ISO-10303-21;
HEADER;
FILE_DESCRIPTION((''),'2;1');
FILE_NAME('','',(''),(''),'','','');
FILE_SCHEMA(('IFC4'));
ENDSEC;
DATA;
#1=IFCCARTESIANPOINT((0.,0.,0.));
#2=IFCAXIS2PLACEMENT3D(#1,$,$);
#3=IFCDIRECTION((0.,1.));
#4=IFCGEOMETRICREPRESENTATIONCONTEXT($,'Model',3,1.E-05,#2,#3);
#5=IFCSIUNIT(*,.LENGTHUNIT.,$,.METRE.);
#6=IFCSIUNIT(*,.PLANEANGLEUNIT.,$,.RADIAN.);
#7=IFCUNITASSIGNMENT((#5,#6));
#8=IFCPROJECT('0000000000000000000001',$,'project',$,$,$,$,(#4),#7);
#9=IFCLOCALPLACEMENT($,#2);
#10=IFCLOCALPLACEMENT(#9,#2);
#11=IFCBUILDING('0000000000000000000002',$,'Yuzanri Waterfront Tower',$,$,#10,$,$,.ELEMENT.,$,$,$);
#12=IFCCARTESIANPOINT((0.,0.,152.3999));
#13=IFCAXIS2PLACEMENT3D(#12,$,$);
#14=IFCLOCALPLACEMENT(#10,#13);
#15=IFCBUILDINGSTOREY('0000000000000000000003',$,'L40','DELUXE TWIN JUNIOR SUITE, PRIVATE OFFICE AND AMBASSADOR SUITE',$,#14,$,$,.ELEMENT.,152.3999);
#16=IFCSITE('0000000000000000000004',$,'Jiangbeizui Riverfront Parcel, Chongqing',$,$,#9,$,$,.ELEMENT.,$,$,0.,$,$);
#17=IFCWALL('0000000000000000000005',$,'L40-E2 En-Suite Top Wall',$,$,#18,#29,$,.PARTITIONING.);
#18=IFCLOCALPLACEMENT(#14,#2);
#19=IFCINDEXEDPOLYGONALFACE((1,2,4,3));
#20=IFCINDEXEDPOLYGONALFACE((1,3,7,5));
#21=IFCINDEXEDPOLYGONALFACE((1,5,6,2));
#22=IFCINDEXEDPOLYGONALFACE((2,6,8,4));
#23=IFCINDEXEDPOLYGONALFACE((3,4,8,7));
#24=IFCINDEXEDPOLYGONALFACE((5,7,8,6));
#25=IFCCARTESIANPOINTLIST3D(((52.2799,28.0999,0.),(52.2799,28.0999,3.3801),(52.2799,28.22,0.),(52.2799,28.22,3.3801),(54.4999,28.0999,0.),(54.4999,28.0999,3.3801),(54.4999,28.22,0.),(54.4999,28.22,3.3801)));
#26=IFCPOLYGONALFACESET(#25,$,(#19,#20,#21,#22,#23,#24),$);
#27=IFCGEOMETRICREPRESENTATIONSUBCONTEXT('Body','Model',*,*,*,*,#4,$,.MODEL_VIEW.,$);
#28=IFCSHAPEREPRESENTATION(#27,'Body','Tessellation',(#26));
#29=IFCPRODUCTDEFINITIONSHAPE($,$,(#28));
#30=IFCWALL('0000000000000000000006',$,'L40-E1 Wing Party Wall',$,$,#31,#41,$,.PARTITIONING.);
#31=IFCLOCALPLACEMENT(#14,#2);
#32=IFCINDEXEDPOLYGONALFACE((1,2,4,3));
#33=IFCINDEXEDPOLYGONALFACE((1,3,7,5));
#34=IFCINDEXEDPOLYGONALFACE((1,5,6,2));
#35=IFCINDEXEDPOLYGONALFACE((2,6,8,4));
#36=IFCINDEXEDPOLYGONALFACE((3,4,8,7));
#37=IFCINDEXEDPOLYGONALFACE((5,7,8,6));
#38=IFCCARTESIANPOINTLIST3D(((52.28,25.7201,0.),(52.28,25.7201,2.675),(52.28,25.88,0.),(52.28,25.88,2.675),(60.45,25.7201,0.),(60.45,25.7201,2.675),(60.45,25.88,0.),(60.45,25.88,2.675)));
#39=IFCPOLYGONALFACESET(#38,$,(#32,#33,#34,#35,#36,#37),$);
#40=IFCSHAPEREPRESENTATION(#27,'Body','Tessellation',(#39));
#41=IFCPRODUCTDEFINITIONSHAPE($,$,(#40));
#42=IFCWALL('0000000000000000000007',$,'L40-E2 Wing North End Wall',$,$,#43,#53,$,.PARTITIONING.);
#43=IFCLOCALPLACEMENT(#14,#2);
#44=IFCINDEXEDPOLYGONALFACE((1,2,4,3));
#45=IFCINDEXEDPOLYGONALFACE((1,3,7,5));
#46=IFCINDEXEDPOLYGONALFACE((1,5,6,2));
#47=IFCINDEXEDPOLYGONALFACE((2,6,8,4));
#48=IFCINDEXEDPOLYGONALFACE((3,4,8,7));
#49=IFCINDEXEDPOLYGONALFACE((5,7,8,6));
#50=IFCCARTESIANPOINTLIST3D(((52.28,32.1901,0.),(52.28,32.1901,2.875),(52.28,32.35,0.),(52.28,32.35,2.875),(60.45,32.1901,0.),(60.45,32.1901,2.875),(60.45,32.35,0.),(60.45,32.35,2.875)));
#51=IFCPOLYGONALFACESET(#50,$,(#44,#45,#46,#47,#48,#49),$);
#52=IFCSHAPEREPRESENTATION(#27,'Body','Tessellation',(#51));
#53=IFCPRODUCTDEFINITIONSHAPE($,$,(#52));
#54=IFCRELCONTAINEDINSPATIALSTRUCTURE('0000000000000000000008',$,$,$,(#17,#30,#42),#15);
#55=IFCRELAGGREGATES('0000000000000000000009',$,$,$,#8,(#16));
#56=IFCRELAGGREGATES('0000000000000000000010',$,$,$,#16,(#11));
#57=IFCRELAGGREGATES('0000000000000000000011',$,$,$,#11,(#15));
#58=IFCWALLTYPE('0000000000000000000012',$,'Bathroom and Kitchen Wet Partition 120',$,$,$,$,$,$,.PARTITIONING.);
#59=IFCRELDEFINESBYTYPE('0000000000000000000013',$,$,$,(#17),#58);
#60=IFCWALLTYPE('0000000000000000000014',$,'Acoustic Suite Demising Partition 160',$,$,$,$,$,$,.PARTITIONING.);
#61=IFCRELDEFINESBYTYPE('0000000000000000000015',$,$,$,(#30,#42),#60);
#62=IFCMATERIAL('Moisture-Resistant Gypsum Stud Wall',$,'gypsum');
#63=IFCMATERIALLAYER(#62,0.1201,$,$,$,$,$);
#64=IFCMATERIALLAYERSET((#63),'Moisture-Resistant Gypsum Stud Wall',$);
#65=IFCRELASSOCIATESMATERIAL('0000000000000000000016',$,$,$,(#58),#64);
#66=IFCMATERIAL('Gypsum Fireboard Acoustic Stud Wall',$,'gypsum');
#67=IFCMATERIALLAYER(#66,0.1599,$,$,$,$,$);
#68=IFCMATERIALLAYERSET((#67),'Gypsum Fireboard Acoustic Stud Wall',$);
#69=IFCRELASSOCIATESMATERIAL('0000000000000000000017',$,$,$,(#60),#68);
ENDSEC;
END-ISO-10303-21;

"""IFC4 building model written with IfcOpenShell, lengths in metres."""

from ifc_helpers import new_model, si_unit, direction, frame, frame_2d, origin, place, context, subcontext, project, spatial, rectangle, extrude, source, transform, mapped, material, layer, layer_set, type_object, element, save


model = new_model("IFC4")

# Units and contexts
model_context = context("Model", 3, precision=1e-05, world=origin(), true_north=direction((0.0, 1.0)))
body_context = subcontext(model_context, "Body", "Model", "MODEL_VIEW")
ifc_project = project(units=[si_unit("LENGTHUNIT", "METRE"), si_unit("PLANEANGLEUNIT", "RADIAN")], contexts=[model_context])

# Site, building, storey
site_placement = place(None, origin())
site = spatial("IfcSite", under=ifc_project, at=site_placement, Name="Jiangbeizui Riverfront Parcel, Chongqing", CompositionType="ELEMENT", RefElevation=0.0)
building_placement = place(site_placement, origin())
building = spatial("IfcBuilding", under=site, at=building_placement, Name="Yuzanri Waterfront Tower", CompositionType="ELEMENT")
storey_placement = place(building_placement, frame((0.0, 0.0, 152.3999)))
storey = spatial("IfcBuildingStorey", under=building, at=storey_placement, Name="L40", Description="DELUXE TWIN JUNIOR SUITE, PRIVATE OFFICE AND AMBASSADOR SUITE", CompositionType="ELEMENT", Elevation=152.3999)

# Shared definitions
ifc_material_1 = material(Name="Moisture-Resistant Gypsum Stud Wall", Category="gypsum")
ifc_layer_1 = layer(ifc_material_1, 0.1201)
ifc_layer_set_1 = layer_set([ifc_layer_1], Name="Moisture-Resistant Gypsum Stud Wall")
wall_type_1 = type_object("IfcWallType", Name="Bathroom and Kitchen Wet Partition 120", PredefinedType="PARTITIONING", material=ifc_layer_set_1)

# Walls
shared_shape_1 = source(origin(), body_context, "Body", "SweptSolid", [
    extrude(rectangle(XDim=2.22, YDim=0.1201, at=frame_2d((1.1099, 0.0))), origin(), (0.0, 0.0, 1.0), 3.3801),
])
wall_1_placement = place(storey_placement, frame((52.28, 28.1599, 0.0), z_axis=(0.0, 0.0, 1.0), x_axis=(1.0, 0.0, 0.0)))
element("IfcWall", 1, at=wall_1_placement, inside=storey, type_object=wall_type_1, Name="L40-E2 En-Suite Top Wall", PredefinedType="PARTITIONING", context=body_context, shape_type="MappedRepresentation", body=[
    mapped(shared_shape_1, transform((0.0, 0.0, 0.0), scale=1.0)),
])
ifc_material_2 = material(Name="Gypsum Fireboard Acoustic Stud Wall", Category="gypsum")
ifc_layer_2 = layer(ifc_material_2, 0.1599)
ifc_layer_set_2 = layer_set([ifc_layer_2], Name="Gypsum Fireboard Acoustic Stud Wall")
wall_type_2 = type_object("IfcWallType", Name="Acoustic Suite Demising Partition 160", PredefinedType="PARTITIONING", material=ifc_layer_set_2)
shared_shape_2 = source(origin(), body_context, "Body", "SweptSolid", [
    extrude(rectangle(XDim=8.1699, YDim=0.1599, at=frame_2d((4.085, 0.0))), origin(), (0.0, 0.0, 1.0), 2.675),
])
wall_2_placement = place(storey_placement, frame((52.28, 25.8, 0.0), z_axis=(0.0, 0.0, 1.0), x_axis=(1.0, 0.0, 0.0)))
element("IfcWall", 2, at=wall_2_placement, inside=storey, type_object=wall_type_2, Name="L40-E1 Wing Party Wall", PredefinedType="PARTITIONING", context=body_context, shape_type="MappedRepresentation", body=[
    mapped(shared_shape_2, transform((0.0, 0.0, 0.0), scale=1.0)),
])
shared_shape_3 = source(origin(), body_context, "Body", "SweptSolid", [
    extrude(rectangle(XDim=8.1699, YDim=0.1599, at=frame_2d((4.085, 0.0))), origin(), (0.0, 0.0, 1.0), 2.875),
])
wall_3_placement = place(storey_placement, frame((52.28, 32.27, 0.0), z_axis=(0.0, 0.0, 1.0), x_axis=(1.0, 0.0, 0.0)))
element("IfcWall", 3, at=wall_3_placement, inside=storey, type_object=wall_type_2, Name="L40-E2 Wing North End Wall", PredefinedType="PARTITIONING", context=body_context, shape_type="MappedRepresentation", body=[
    mapped(shared_shape_3, transform((0.0, 0.0, 0.0), scale=1.0)),
])

save(model, "model.ifc")
